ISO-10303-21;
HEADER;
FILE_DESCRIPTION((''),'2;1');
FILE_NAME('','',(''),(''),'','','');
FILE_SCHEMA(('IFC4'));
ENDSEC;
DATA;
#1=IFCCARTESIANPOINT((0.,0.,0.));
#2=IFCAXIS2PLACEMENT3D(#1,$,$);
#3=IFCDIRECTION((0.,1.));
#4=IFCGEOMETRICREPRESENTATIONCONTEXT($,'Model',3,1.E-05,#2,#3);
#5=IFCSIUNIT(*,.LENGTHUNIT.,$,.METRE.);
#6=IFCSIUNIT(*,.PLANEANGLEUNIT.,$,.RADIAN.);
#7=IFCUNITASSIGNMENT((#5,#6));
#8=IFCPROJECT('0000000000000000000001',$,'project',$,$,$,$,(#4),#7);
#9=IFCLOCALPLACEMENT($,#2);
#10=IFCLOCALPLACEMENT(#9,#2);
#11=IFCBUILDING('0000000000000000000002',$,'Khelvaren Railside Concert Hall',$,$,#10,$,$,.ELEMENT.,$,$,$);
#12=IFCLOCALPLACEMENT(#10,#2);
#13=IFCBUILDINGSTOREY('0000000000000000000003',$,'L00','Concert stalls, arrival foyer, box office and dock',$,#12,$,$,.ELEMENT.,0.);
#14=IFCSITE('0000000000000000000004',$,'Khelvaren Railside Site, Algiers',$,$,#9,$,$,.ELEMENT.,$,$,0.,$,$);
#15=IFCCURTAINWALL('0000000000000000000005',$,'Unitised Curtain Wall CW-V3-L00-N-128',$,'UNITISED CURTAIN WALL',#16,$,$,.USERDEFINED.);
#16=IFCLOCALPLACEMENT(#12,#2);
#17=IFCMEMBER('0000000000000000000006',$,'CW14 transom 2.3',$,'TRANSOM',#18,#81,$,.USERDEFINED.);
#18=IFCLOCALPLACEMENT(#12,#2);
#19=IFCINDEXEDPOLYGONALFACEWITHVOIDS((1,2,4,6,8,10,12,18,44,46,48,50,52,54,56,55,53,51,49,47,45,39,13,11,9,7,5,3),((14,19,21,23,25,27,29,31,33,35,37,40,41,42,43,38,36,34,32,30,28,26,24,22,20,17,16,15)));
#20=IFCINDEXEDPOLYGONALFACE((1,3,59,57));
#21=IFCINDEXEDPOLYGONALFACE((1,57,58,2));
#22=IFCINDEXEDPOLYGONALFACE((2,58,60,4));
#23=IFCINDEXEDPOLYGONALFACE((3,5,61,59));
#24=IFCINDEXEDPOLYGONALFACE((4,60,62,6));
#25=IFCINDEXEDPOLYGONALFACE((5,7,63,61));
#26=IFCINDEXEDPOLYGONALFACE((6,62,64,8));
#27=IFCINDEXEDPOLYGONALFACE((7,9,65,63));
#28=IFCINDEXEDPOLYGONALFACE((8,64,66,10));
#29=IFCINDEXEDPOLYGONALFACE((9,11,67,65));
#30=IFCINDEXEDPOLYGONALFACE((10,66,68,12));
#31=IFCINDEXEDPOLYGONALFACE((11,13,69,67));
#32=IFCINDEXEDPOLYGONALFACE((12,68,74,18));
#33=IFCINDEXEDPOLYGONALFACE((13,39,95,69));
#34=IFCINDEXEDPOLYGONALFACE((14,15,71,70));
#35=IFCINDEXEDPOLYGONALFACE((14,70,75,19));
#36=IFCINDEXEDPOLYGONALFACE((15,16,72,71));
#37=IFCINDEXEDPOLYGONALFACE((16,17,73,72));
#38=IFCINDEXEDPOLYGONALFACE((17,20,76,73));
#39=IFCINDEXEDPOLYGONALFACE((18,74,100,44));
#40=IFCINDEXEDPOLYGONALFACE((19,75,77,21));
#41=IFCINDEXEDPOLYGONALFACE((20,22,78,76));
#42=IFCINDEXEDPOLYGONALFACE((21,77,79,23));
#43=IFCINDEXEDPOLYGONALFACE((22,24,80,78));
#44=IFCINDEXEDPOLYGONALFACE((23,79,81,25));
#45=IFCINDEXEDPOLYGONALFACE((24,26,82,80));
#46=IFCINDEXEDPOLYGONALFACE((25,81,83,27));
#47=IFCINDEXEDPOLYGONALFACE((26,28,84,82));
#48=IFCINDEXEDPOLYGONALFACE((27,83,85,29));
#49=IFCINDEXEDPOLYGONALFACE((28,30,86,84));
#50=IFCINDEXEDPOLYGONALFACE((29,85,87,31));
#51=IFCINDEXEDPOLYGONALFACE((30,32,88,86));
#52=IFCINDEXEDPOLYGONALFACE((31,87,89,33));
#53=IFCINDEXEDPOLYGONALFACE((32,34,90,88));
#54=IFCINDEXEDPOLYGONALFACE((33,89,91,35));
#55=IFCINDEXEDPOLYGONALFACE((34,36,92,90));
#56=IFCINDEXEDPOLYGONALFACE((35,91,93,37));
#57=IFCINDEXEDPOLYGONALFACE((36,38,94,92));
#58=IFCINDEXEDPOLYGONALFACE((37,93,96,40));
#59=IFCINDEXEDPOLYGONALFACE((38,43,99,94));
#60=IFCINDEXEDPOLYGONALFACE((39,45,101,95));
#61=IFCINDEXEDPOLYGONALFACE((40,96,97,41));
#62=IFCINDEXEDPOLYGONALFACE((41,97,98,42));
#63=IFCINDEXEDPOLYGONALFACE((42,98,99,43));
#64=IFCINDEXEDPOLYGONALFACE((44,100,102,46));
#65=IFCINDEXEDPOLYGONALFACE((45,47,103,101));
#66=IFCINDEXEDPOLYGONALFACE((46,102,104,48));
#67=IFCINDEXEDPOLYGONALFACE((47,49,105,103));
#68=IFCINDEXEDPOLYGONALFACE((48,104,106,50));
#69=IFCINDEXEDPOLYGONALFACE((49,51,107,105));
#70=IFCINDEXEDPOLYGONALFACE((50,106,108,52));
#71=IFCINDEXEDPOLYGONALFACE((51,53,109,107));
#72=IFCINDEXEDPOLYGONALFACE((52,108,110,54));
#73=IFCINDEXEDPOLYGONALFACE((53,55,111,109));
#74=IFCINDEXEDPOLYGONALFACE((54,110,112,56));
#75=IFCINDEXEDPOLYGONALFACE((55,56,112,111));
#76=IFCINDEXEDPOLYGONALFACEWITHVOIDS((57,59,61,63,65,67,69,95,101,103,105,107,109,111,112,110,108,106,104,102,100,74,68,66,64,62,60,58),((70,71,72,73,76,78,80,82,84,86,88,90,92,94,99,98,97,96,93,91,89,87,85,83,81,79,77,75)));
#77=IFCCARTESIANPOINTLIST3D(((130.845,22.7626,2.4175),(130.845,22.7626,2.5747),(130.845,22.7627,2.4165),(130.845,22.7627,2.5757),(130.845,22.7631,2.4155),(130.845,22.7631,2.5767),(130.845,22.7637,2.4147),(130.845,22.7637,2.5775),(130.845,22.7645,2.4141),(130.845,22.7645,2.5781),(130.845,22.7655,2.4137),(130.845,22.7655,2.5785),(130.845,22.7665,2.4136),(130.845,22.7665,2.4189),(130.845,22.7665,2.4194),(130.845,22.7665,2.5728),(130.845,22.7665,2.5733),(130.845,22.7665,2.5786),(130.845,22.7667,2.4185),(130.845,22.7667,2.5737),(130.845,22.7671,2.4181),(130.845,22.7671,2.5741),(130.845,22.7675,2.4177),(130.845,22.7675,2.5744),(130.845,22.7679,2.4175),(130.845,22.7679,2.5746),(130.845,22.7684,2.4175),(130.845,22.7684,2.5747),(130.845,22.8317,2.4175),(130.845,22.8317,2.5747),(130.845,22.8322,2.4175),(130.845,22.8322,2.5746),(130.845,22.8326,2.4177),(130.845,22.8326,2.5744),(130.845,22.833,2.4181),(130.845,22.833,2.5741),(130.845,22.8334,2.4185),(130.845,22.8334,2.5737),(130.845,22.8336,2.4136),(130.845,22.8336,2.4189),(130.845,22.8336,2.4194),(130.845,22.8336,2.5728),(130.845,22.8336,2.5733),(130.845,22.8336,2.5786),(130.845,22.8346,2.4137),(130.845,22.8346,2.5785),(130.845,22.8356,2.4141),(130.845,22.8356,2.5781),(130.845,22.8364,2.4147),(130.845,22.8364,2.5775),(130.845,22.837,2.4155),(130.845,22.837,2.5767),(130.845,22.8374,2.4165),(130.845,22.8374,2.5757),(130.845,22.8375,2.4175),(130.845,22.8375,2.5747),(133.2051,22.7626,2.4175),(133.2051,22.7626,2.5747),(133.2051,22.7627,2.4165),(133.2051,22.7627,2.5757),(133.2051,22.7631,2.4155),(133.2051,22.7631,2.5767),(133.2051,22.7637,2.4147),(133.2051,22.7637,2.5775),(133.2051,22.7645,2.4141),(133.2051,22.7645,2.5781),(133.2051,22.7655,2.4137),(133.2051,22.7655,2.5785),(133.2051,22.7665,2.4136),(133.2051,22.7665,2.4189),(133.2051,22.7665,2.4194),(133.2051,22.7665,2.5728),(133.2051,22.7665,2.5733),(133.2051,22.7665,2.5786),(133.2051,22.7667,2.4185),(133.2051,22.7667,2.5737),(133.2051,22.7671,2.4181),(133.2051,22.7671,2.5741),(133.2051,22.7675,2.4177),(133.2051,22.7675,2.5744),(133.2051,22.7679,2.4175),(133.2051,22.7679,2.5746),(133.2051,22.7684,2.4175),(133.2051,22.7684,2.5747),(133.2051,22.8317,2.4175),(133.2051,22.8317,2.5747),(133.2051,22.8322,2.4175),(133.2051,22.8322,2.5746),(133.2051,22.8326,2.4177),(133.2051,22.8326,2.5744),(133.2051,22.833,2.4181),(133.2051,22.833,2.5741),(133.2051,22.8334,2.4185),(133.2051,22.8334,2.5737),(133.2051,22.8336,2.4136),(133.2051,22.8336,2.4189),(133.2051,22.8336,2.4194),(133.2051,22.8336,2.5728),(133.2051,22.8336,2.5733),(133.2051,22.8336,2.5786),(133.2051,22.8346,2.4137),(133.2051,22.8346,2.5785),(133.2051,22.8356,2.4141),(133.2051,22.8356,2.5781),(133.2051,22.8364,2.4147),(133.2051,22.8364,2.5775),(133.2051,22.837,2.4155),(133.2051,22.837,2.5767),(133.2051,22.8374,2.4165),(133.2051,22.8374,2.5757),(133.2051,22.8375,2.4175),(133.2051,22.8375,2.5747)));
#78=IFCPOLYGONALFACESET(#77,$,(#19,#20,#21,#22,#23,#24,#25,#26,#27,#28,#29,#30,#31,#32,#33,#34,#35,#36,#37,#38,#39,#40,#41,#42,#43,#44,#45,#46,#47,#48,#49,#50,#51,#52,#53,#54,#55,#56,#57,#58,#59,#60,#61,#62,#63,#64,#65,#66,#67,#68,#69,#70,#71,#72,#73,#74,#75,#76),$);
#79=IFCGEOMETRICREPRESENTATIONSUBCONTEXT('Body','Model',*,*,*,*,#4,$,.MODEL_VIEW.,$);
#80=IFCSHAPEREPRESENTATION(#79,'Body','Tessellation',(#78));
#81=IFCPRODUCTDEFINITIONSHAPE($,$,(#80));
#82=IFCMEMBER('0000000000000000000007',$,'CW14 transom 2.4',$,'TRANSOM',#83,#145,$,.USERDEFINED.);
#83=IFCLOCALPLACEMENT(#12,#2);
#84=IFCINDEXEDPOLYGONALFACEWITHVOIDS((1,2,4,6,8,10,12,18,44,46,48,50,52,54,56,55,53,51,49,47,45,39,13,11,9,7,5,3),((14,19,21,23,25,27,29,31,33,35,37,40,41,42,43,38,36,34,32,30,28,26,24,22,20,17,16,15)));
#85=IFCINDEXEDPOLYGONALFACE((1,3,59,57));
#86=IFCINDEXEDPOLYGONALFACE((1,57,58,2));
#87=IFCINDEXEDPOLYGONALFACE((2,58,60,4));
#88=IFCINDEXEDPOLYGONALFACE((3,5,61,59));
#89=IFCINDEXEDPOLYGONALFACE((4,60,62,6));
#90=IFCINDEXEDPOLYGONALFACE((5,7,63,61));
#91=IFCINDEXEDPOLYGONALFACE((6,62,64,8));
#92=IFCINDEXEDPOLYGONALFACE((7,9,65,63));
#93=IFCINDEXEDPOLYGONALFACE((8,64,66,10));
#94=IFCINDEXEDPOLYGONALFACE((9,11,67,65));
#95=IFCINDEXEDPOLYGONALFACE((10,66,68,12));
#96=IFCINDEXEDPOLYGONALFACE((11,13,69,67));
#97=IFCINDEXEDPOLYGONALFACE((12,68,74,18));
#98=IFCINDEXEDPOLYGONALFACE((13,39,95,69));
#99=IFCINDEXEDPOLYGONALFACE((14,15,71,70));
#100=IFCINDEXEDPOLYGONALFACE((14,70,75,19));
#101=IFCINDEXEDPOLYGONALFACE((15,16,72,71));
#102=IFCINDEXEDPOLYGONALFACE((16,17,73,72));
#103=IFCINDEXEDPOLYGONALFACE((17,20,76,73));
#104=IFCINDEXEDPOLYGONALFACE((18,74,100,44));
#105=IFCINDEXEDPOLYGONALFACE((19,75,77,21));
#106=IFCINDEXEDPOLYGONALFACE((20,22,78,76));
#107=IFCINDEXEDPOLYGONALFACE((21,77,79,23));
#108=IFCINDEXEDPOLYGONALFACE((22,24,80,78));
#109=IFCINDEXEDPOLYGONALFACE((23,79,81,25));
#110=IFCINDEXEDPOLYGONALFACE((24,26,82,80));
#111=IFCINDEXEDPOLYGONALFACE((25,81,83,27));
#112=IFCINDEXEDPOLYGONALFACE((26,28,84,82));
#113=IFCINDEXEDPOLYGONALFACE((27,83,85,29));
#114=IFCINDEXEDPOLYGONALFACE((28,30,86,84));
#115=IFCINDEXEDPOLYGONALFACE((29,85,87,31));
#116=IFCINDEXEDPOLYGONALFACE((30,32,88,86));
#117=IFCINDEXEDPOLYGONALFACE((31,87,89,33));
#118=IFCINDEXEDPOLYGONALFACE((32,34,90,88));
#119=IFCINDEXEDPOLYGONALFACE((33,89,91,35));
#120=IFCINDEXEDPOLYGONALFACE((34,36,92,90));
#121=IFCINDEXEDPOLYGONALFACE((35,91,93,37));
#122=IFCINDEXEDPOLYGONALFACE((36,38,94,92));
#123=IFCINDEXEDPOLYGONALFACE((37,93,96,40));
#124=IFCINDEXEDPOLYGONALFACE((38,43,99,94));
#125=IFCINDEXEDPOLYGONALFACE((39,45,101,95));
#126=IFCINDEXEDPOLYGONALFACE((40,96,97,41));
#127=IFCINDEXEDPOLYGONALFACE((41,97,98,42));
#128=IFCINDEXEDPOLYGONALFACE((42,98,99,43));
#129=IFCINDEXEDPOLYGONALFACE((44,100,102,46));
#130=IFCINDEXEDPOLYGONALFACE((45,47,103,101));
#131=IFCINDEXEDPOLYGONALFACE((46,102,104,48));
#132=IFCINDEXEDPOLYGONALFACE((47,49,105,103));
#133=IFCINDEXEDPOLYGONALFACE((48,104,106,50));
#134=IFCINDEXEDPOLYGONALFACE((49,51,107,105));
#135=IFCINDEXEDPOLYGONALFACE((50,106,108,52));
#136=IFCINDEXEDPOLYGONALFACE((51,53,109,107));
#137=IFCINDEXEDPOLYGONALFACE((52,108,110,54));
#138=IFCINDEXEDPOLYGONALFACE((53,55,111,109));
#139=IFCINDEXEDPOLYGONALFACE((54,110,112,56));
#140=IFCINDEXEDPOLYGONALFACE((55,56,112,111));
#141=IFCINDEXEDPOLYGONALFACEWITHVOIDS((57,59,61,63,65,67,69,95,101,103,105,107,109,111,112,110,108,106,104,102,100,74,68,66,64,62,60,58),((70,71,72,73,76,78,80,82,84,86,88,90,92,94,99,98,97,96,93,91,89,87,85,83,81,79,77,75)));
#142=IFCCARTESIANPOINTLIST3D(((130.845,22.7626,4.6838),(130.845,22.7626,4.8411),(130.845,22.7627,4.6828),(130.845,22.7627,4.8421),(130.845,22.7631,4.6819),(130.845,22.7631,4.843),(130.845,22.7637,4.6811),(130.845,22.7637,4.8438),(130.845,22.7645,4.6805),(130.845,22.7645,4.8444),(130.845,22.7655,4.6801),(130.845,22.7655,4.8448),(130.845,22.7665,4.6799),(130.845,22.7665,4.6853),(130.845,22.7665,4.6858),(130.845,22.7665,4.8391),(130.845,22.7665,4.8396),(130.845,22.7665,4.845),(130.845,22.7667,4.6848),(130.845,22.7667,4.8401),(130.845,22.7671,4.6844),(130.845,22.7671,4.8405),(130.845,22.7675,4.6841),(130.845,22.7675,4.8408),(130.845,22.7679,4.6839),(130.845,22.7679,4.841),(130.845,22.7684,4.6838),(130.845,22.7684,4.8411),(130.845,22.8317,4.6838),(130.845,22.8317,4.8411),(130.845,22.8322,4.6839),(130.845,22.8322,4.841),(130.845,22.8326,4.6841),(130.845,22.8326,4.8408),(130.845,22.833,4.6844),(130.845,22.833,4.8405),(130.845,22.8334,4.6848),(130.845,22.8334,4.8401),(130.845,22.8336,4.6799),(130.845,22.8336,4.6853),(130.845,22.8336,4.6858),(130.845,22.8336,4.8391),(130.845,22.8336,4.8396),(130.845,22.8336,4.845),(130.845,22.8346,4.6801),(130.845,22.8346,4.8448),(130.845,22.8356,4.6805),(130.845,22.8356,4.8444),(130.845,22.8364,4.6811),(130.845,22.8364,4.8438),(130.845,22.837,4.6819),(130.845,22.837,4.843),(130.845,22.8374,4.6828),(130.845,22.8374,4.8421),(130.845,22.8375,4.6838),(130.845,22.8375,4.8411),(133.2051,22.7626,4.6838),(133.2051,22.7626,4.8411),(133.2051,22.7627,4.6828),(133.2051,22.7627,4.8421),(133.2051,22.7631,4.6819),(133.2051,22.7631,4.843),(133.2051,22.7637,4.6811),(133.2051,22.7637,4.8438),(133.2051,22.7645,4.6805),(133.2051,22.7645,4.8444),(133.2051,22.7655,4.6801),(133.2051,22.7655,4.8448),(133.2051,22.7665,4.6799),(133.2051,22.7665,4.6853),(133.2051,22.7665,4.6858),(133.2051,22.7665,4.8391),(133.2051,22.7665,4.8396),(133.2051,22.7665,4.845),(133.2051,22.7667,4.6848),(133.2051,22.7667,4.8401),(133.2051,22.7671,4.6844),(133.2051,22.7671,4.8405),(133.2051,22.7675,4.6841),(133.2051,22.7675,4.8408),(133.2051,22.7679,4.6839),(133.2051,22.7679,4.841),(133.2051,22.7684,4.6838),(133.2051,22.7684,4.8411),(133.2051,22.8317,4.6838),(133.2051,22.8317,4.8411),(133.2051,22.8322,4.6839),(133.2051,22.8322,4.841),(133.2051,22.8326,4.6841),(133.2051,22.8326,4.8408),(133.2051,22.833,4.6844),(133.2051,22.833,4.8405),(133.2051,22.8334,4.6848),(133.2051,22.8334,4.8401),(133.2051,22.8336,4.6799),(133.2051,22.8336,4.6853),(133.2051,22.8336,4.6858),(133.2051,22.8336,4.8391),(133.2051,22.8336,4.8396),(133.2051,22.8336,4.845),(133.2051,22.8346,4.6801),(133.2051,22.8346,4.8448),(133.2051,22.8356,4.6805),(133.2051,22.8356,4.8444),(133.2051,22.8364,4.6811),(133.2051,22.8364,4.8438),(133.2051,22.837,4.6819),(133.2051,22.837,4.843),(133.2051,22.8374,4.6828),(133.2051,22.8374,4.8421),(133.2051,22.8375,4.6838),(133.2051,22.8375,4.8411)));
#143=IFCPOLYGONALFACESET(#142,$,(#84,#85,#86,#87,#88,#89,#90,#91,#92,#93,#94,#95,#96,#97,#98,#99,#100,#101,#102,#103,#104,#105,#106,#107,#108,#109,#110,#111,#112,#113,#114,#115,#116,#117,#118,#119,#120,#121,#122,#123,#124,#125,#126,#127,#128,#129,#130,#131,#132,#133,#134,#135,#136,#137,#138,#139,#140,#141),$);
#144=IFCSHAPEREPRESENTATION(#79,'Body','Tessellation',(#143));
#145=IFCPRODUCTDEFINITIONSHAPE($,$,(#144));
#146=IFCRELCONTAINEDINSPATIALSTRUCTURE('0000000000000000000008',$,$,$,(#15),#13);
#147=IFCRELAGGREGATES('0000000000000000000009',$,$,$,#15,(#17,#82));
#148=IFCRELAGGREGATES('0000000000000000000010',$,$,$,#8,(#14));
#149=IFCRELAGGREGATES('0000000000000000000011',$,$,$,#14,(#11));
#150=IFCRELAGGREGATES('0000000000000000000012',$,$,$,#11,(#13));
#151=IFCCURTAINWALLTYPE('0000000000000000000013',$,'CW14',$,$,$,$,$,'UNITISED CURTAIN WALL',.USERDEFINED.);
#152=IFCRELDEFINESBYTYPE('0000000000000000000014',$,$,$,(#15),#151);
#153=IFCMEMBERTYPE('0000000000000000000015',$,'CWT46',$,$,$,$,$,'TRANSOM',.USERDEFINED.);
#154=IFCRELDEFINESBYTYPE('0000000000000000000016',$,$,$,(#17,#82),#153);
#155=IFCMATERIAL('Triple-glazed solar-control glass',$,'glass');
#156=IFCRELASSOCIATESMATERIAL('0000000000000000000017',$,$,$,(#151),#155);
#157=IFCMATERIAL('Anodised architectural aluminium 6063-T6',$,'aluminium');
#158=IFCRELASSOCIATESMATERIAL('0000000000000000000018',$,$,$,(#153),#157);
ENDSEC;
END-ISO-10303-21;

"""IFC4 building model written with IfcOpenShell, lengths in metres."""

from ifc_helpers import new_model, si_unit, direction, frame, origin, origin_2d, place, context, subcontext, project, spatial, hollow_rectangle, extrude, material, material_profile, profile_set, type_object, element, aggregate, save


model = new_model("IFC4")

# Units and contexts
model_context = context("Model", 3, precision=1e-05, world=origin(), true_north=direction((0.0, 1.0)))
body_context = subcontext(model_context, "Body", "Model", "MODEL_VIEW")
ifc_project = project(units=[si_unit("LENGTHUNIT", "METRE"), si_unit("PLANEANGLEUNIT", "RADIAN")], contexts=[model_context])

# Site, building, storey
site_placement = place(None, origin())
site = spatial("IfcSite", under=ifc_project, at=site_placement, Name="Khelvaren Railside Site, Algiers", CompositionType="ELEMENT", RefElevation=0.0)
building_placement = place(site_placement, origin())
building = spatial("IfcBuilding", under=site, at=building_placement, Name="Khelvaren Railside Concert Hall", CompositionType="ELEMENT")
storey_placement = place(building_placement, origin())
storey = spatial("IfcBuildingStorey", under=building, at=storey_placement, Name="L00", Description="Concert stalls, arrival foyer, box office and dock", CompositionType="ELEMENT", Elevation=0.0)

# Shared definitions
ifc_material_1 = material(Name="Triple-glazed solar-control glass", Category="glass")
ifc_material_2 = material(Name="Anodised architectural aluminium 6063-T6", Category="aluminium")

# Curtain wall, members
curtain_wall_type_1 = type_object("IfcCurtainWallType", Name="CW14", ElementType="UNITISED CURTAIN WALL", PredefinedType="USERDEFINED", material=ifc_material_1)
curtain_wall_1_placement = place(storey_placement, origin())
curtain_wall_1 = element("IfcCurtainWall", 1, at=curtain_wall_1_placement, inside=storey, type_object=curtain_wall_type_1, Name="Unitised Curtain Wall CW-V3-L00-N-128", ObjectType="UNITISED CURTAIN WALL", PredefinedType="USERDEFINED")
ifc_material_profile_1 = material_profile(ifc_material_2, hollow_rectangle(XDim=0.075, YDim=0.165, WallThickness=0.0039, InnerFilletRadius=0.002, OuterFilletRadius=0.0039, at=origin_2d()), Name="CWT 75x165x4")
ifc_profile_set_1 = profile_set([ifc_material_profile_1], Name="Anodised architectural aluminium 6063-T6")
member_type_1 = type_object("IfcMemberType", Name="CWT46", ElementType="TRANSOM", PredefinedType="USERDEFINED", material=ifc_profile_set_1)
member_1_placement = place(storey_placement, frame((130.845, 22.8, 2.4961), z_axis=(1.0, 0.0, 0.0), x_axis=(0.0, 1.0, 0.0)))
member_1 = element("IfcMember", 2, at=member_1_placement, type_object=member_type_1, Name="CW14 transom 2.3", ObjectType="TRANSOM", PredefinedType="USERDEFINED", context=body_context, shape_type="SweptSolid", body=[
    extrude(hollow_rectangle(XDim=0.075, YDim=0.165, WallThickness=0.0039, InnerFilletRadius=0.002, OuterFilletRadius=0.0039, at=origin_2d()), origin(), (0.0, 0.0, 1.0), 2.3601),
])
member_2_placement = place(storey_placement, frame((130.845, 22.8, 4.7625), z_axis=(1.0, 0.0, 0.0), x_axis=(0.0, 1.0, 0.0)))
member_2 = element("IfcMember", 3, at=member_2_placement, type_object=member_type_1, Name="CW14 transom 2.4", ObjectType="TRANSOM", PredefinedType="USERDEFINED", context=body_context, shape_type="SweptSolid", body=[
    extrude(hollow_rectangle(XDim=0.075, YDim=0.165, WallThickness=0.0039, InnerFilletRadius=0.002, OuterFilletRadius=0.0039, at=origin_2d()), origin(), (0.0, 0.0, 1.0), 2.3601),
])

aggregate(curtain_wall_1, [member_1, member_2])

save(model, "model.ifc")
